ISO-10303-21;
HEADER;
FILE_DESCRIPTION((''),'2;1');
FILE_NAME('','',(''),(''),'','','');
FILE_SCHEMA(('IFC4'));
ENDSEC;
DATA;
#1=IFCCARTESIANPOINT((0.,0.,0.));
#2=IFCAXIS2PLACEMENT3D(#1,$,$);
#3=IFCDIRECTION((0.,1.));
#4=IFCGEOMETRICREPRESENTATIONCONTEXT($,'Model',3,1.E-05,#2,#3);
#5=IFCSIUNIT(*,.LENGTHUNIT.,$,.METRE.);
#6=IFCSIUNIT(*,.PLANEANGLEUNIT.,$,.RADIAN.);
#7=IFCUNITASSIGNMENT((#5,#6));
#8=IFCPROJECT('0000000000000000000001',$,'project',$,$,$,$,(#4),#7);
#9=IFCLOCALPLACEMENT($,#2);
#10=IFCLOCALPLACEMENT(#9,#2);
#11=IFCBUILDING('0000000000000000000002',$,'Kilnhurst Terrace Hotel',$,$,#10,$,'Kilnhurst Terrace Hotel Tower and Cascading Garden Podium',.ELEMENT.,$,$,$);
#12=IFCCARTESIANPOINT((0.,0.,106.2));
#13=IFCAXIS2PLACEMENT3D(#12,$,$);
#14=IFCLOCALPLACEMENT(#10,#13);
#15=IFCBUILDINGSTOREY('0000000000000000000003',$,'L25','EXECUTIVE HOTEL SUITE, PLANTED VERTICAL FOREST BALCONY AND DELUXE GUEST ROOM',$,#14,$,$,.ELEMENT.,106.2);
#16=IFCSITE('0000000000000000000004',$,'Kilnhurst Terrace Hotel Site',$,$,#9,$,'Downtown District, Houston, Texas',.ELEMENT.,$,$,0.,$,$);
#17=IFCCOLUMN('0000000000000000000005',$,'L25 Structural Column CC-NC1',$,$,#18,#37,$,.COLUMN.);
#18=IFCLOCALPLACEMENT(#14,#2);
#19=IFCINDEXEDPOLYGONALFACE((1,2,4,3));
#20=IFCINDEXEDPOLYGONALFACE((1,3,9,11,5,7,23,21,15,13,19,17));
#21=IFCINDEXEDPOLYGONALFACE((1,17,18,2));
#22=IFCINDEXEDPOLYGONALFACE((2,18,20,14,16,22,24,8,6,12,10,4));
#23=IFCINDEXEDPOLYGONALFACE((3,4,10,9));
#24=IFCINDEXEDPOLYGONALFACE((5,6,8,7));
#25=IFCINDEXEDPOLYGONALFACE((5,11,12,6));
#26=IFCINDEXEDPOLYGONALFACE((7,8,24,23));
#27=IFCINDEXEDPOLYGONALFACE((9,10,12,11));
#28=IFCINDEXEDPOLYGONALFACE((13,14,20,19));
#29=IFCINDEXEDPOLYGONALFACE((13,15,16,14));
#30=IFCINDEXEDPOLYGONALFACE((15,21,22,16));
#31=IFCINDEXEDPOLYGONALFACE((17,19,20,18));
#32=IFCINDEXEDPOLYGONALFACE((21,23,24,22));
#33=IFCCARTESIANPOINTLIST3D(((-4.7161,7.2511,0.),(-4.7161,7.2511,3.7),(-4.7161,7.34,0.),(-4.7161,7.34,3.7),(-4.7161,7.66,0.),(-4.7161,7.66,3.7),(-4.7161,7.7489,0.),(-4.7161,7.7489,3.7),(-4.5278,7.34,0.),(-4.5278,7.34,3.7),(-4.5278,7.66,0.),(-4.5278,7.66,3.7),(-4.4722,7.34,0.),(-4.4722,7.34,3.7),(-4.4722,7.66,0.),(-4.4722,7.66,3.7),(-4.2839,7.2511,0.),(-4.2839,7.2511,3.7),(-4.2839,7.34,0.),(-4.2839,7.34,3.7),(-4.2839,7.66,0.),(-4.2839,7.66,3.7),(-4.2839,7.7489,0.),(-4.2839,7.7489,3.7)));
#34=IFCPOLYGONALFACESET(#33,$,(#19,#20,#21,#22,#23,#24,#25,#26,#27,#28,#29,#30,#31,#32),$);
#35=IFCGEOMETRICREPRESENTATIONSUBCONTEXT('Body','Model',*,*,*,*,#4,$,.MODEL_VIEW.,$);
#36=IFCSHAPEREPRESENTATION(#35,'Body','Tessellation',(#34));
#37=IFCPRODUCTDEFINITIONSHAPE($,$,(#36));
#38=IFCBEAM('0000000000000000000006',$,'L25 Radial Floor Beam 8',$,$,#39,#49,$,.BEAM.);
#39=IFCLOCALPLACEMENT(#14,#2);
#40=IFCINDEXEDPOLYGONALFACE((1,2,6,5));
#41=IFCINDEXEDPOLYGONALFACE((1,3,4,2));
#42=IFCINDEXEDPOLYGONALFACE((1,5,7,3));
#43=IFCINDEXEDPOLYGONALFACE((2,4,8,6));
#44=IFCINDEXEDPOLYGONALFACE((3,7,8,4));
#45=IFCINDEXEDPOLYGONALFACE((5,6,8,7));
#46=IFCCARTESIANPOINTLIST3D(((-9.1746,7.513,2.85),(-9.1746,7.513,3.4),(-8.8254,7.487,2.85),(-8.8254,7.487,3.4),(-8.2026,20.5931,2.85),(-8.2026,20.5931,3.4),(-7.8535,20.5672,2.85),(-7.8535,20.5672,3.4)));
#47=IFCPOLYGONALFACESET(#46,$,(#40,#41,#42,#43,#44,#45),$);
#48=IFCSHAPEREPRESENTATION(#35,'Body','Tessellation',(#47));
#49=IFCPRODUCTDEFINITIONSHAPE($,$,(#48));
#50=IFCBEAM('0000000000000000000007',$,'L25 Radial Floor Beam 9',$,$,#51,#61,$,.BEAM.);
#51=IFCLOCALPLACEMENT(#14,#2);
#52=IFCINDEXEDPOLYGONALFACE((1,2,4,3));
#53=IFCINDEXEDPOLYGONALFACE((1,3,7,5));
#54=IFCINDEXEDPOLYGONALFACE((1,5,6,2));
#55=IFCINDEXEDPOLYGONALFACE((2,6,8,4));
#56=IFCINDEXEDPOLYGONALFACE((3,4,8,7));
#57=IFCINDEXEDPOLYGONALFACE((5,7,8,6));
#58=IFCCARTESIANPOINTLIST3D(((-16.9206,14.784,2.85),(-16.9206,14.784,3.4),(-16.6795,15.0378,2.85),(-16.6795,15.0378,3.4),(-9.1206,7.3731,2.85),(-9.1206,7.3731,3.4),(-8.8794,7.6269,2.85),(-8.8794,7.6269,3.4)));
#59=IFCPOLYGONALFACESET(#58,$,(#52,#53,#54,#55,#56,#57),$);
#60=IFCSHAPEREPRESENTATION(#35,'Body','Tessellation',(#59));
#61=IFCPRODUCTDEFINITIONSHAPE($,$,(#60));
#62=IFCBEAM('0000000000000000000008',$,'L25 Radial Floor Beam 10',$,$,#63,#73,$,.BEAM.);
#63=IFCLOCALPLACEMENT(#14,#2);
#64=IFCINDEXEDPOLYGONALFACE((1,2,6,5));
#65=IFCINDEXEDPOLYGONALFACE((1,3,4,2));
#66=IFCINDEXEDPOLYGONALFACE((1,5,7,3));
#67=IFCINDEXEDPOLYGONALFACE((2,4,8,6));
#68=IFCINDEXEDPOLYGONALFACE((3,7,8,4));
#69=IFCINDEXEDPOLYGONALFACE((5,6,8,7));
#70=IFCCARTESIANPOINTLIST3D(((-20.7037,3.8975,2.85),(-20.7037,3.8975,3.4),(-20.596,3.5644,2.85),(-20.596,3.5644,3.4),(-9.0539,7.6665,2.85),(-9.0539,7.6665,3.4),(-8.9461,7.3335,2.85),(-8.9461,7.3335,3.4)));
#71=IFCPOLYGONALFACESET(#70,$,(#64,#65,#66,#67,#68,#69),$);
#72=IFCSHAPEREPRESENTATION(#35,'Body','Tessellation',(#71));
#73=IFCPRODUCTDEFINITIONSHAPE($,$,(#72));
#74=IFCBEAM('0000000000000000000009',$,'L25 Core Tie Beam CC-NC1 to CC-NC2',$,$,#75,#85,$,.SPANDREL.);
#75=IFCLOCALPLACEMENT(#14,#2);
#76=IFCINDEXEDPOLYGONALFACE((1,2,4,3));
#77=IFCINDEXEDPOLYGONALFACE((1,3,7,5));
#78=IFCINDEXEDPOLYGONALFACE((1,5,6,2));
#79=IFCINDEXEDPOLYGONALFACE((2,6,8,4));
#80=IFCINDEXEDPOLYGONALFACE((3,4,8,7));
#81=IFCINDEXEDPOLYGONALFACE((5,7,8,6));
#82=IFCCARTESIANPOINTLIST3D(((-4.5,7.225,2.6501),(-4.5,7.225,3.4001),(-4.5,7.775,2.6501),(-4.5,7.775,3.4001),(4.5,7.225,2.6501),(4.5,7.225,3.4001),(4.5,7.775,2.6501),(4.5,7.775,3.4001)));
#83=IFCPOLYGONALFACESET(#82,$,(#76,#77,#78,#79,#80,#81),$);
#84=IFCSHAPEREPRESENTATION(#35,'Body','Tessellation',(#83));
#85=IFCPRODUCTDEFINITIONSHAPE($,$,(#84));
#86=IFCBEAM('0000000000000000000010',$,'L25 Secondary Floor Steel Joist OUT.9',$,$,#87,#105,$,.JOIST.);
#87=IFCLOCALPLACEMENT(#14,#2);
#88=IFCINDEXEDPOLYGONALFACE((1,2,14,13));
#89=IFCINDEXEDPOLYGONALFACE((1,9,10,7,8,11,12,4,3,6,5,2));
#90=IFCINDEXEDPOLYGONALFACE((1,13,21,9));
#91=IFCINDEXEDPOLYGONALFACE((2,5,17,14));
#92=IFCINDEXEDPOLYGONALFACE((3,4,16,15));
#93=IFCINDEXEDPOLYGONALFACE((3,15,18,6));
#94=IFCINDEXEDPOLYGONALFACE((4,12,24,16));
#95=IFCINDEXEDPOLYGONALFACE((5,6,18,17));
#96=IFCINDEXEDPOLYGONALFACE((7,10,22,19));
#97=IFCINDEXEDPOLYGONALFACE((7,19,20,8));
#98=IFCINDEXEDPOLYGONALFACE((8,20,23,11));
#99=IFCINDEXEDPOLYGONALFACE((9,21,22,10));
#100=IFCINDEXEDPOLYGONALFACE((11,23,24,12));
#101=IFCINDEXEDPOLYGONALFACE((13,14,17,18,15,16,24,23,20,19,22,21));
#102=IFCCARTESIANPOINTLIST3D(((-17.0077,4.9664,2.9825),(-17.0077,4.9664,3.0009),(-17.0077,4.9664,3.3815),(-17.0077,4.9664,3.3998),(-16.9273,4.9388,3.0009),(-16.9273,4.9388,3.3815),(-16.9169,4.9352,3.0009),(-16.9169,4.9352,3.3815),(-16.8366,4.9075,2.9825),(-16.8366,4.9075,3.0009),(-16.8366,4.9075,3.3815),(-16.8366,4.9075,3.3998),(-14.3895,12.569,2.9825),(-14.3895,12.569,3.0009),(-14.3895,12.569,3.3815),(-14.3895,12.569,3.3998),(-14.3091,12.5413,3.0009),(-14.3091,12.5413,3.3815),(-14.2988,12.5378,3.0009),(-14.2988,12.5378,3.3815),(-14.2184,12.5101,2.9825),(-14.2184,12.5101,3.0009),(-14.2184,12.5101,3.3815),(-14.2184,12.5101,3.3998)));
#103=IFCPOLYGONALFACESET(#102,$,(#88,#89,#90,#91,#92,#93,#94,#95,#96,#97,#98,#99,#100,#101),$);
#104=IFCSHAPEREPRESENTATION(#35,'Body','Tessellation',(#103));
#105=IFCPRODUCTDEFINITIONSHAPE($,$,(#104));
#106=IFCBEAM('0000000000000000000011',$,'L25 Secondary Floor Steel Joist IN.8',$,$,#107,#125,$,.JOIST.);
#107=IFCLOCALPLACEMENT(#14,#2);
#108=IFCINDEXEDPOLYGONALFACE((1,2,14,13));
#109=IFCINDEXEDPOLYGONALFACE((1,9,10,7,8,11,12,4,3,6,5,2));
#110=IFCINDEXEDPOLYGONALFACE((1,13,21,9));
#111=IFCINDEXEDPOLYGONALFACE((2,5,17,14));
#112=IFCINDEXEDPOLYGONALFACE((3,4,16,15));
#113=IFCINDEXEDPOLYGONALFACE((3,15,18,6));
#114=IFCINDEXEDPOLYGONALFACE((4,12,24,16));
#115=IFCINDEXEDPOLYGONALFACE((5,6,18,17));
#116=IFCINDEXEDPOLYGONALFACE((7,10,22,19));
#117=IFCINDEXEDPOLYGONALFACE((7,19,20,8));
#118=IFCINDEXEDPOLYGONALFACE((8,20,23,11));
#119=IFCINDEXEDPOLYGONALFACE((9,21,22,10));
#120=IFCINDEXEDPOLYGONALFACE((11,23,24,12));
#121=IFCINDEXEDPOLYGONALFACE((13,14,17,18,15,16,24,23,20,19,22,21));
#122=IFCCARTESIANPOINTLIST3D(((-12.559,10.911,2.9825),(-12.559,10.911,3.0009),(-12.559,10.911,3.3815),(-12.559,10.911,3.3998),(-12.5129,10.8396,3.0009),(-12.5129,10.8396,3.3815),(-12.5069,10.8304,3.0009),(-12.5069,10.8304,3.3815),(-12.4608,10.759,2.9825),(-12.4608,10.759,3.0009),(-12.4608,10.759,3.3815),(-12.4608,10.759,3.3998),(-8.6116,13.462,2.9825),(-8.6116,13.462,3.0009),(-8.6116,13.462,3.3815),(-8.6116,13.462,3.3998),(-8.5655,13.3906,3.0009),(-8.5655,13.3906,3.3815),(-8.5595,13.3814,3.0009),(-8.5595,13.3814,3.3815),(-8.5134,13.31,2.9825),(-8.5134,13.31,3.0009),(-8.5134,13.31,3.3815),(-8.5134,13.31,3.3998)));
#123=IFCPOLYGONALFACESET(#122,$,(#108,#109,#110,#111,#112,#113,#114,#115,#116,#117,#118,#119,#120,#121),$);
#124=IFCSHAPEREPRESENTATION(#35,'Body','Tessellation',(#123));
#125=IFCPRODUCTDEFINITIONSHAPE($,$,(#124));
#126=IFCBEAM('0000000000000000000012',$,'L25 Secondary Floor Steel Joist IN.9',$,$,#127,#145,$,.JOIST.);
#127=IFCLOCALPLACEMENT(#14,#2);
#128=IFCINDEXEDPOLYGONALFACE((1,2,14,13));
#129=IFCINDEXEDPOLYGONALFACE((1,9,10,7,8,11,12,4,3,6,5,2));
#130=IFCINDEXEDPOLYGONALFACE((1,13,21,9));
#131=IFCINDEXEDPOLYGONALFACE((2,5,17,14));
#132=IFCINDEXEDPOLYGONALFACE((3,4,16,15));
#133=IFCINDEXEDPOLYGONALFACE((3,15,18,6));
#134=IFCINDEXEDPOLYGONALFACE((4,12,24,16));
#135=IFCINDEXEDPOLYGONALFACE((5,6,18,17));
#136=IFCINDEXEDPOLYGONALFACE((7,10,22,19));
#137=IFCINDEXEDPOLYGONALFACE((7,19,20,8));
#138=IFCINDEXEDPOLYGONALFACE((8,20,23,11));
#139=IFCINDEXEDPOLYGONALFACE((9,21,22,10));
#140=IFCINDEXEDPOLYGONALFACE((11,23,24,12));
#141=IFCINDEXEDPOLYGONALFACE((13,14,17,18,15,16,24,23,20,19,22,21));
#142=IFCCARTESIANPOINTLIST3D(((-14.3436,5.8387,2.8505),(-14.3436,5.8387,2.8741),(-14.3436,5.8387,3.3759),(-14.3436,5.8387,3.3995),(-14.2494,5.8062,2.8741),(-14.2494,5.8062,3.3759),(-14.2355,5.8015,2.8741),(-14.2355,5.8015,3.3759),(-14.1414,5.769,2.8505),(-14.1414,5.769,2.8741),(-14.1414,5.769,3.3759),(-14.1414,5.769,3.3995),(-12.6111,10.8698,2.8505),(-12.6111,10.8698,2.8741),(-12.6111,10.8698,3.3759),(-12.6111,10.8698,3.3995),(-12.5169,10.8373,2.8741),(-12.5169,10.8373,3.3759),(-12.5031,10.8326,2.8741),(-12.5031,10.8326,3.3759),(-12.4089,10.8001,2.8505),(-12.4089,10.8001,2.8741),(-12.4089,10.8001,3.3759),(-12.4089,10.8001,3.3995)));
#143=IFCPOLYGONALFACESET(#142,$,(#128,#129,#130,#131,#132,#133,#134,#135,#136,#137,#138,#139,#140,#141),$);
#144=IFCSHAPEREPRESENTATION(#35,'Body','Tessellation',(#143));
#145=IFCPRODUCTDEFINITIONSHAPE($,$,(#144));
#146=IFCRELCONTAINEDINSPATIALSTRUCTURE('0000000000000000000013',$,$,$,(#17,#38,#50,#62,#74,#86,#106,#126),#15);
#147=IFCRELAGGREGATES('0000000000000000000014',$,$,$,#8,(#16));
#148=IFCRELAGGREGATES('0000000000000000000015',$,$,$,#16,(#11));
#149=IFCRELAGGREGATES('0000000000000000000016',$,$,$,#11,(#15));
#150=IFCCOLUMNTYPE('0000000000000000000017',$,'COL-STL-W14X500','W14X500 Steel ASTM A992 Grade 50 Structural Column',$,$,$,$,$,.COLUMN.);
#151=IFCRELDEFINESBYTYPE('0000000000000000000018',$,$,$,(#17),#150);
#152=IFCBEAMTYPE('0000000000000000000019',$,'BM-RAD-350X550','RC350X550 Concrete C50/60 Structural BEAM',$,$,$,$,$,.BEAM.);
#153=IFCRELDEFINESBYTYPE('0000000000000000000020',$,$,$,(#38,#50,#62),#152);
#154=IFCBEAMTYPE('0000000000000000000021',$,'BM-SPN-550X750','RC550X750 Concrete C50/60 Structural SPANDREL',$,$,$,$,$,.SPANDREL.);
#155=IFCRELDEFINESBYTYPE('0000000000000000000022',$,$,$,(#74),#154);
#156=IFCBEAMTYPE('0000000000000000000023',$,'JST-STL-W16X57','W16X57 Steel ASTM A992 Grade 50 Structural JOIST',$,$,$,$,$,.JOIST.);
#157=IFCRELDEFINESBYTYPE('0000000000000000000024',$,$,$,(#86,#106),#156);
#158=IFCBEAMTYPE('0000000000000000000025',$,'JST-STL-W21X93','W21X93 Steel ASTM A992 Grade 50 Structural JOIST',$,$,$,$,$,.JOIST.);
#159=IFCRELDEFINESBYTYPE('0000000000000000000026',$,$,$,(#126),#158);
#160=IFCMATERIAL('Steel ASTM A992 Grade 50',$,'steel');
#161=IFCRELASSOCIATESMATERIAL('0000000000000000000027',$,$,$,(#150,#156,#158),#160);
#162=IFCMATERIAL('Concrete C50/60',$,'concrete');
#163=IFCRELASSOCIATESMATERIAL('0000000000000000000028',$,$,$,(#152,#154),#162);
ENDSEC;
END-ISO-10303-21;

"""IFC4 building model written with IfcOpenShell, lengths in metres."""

from ifc_helpers import new_model, si_unit, direction, frame, origin, origin_2d, place, context, subcontext, project, spatial, rectangle, i_section, extrude, material, material_profile, profile_set, type_object, element, save


model = new_model("IFC4")

# Units and contexts
model_context = context("Model", 3, precision=1e-05, world=origin(), true_north=direction((0.0, 1.0)))
body_context = subcontext(model_context, "Body", "Model", "MODEL_VIEW")
ifc_project = project(units=[si_unit("LENGTHUNIT", "METRE"), si_unit("PLANEANGLEUNIT", "RADIAN")], contexts=[model_context])

# Site, building, storey
site_placement = place(None, origin())
site = spatial("IfcSite", under=ifc_project, at=site_placement, Name="Kilnhurst Terrace Hotel Site", LongName="Downtown District, Houston, Texas", CompositionType="ELEMENT", RefElevation=0.0)
building_placement = place(site_placement, origin())
building = spatial("IfcBuilding", under=site, at=building_placement, Name="Kilnhurst Terrace Hotel", LongName="Kilnhurst Terrace Hotel Tower and Cascading Garden Podium", CompositionType="ELEMENT")
storey_placement = place(building_placement, frame((0.0, 0.0, 106.2)))
storey = spatial("IfcBuildingStorey", under=building, at=storey_placement, Name="L25", Description="EXECUTIVE HOTEL SUITE, PLANTED VERTICAL FOREST BALCONY AND DELUXE GUEST ROOM", CompositionType="ELEMENT", Elevation=106.2)

# Column
ifc_material_1 = material(Name="Steel ASTM A992 Grade 50", Category="steel")
ifc_material_profile_1 = material_profile(ifc_material_1, i_section(OverallWidth=0.4321, OverallDepth=0.4978, WebThickness=0.0557, FlangeThickness=0.0889, at=origin_2d()), Name="W14X500")
ifc_profile_set_1 = profile_set([ifc_material_profile_1], Name="Steel ASTM A992 Grade 50")
column_type = type_object("IfcColumnType", Name="COL-STL-W14X500", Description="W14X500 Steel ASTM A992 Grade 50 Structural Column", PredefinedType="COLUMN", material=ifc_profile_set_1)
column_placement = place(storey_placement, frame((-4.5, 7.5, 0.0), z_axis=(0.0, 0.0, 1.0), x_axis=(1.0, 0.0, 0.0)))
element("IfcColumn", 1, at=column_placement, inside=storey, type_object=column_type, Name="L25 Structural Column CC-NC1", PredefinedType="COLUMN", context=body_context, shape_type="SweptSolid", body=[
    extrude(i_section(OverallWidth=0.4321, OverallDepth=0.4978, WebThickness=0.0557, FlangeThickness=0.0889, at=origin_2d()), origin(), (0.0, 0.0, 1.0), 3.7),
])

# Beams
ifc_material_2 = material(Name="Concrete C50/60", Category="concrete")
ifc_material_profile_2 = material_profile(ifc_material_2, rectangle(XDim=0.3501, YDim=0.55, at=origin_2d()), Name="RC350X550")
ifc_profile_set_2 = profile_set([ifc_material_profile_2], Name="Concrete C50/60")
beam_type_1 = type_object("IfcBeamType", Name="BM-RAD-350X550", Description="RC350X550 Concrete C50/60 Structural BEAM", PredefinedType="BEAM", material=ifc_profile_set_2)
beam_1_placement = place(storey_placement, frame((-9.0, 7.5, 3.125), z_axis=(0.074101, 0.997251, 0.0), x_axis=(-0.997251, 0.074101, 0.0)))
element("IfcBeam", 2, at=beam_1_placement, inside=storey, type_object=beam_type_1, Name="L25 Radial Floor Beam 8", PredefinedType="BEAM", context=body_context, shape_type="SweptSolid", body=[
    extrude(rectangle(XDim=0.3501, YDim=0.55, at=origin_2d()), origin(), (0.0, 0.0, 1.0), 13.1162),
])
beam_2_placement = place(storey_placement, frame((-9.0, 7.5, 3.125), z_axis=(-0.72496, 0.688791, 0.0), x_axis=(-0.688791, -0.72496, 0.0)))
element("IfcBeam", 3, at=beam_2_placement, inside=storey, type_object=beam_type_1, Name="L25 Radial Floor Beam 9", PredefinedType="BEAM", context=body_context, shape_type="SweptSolid", body=[
    extrude(rectangle(XDim=0.3501, YDim=0.55, at=origin_2d()), origin(), (0.0, 0.0, 1.0), 10.7593),
])
beam_3_placement = place(storey_placement, frame((-9.0, 7.5, 3.125), z_axis=(-0.951446, -0.307817, 0.0), x_axis=(0.307817, -0.951446, 0.0)))
element("IfcBeam", 4, at=beam_3_placement, inside=storey, type_object=beam_type_1, Name="L25 Radial Floor Beam 10", PredefinedType="BEAM", context=body_context, shape_type="SweptSolid", body=[
    extrude(rectangle(XDim=0.3501, YDim=0.55, at=origin_2d()), origin(), (0.0, 0.0, 1.0), 12.2444),
])
ifc_material_profile_3 = material_profile(ifc_material_2, rectangle(XDim=0.55, YDim=0.75, at=origin_2d()), Name="RC550X750")
ifc_profile_set_3 = profile_set([ifc_material_profile_3], Name="Concrete C50/60")
beam_type_2 = type_object("IfcBeamType", Name="BM-SPN-550X750", Description="RC550X750 Concrete C50/60 Structural SPANDREL", PredefinedType="SPANDREL", material=ifc_profile_set_3)
beam_4_placement = place(storey_placement, frame((-4.5, 7.5, 3.0251), z_axis=(1.0, 0.0, 0.0), x_axis=(0.0, 1.0, 0.0)))
element("IfcBeam", 5, at=beam_4_placement, inside=storey, type_object=beam_type_2, Name="L25 Core Tie Beam CC-NC1 to CC-NC2", PredefinedType="SPANDREL", context=body_context, shape_type="SweptSolid", body=[
    extrude(rectangle(XDim=0.55, YDim=0.75, at=origin_2d()), origin(), (0.0, 0.0, 1.0), 9.0),
])
ifc_material_profile_4 = material_profile(ifc_material_1, i_section(OverallWidth=0.1809, OverallDepth=0.4172, WebThickness=0.011, FlangeThickness=0.0183, at=origin_2d()), Name="W16X57")
ifc_profile_set_4 = profile_set([ifc_material_profile_4], Name="Steel ASTM A992 Grade 50")
beam_type_3 = type_object("IfcBeamType", Name="JST-STL-W16X57", Description="W16X57 Steel ASTM A992 Grade 50 Structural JOIST", PredefinedType="JOIST", material=ifc_profile_set_4)
beam_5_placement = place(storey_placement, frame((-14.304, 12.5396, 3.1912), z_axis=(-0.325613, -0.945503, 0.0), x_axis=(0.945503, -0.325613, 0.0)))
element("IfcBeam", 6, at=beam_5_placement, inside=storey, type_object=beam_type_3, Name="L25 Secondary Floor Steel Joist OUT.9", PredefinedType="JOIST", context=body_context, shape_type="SweptSolid", body=[
    extrude(i_section(OverallWidth=0.1809, OverallDepth=0.4172, WebThickness=0.011, FlangeThickness=0.0183, at=origin_2d()), origin(), (0.0, 0.0, 1.0), 8.0408),
])
beam_6_placement = place(storey_placement, frame((-8.5625, 13.386, 3.1912), z_axis=(-0.839885, -0.542764, 0.0), x_axis=(0.542764, -0.839885, 0.0)))
element("IfcBeam", 7, at=beam_6_placement, inside=storey, type_object=beam_type_3, Name="L25 Secondary Floor Steel Joist IN.8", PredefinedType="JOIST", context=body_context, shape_type="SweptSolid", body=[
    extrude(i_section(OverallWidth=0.1809, OverallDepth=0.4172, WebThickness=0.011, FlangeThickness=0.0183, at=origin_2d()), origin(), (0.0, 0.0, 1.0), 4.7),
])
ifc_material_profile_5 = material_profile(ifc_material_1, i_section(OverallWidth=0.2139, OverallDepth=0.5491, WebThickness=0.0146, FlangeThickness=0.0237, at=origin_2d()), Name="W21X93")
ifc_profile_set_5 = profile_set([ifc_material_profile_5], Name="Steel ASTM A992 Grade 50")
beam_type_4 = type_object("IfcBeamType", Name="JST-STL-W21X93", Description="W21X93 Steel ASTM A992 Grade 50 Structural JOIST", PredefinedType="JOIST", material=ifc_profile_set_5)
beam_7_placement = place(storey_placement, frame((-12.51, 10.835, 3.125), z_axis=(-0.325586, -0.945512, 0.0), x_axis=(0.945512, -0.325586, 0.0)))
element("IfcBeam", 8, at=beam_7_placement, inside=storey, type_object=beam_type_4, Name="L25 Secondary Floor Steel Joist IN.9", PredefinedType="JOIST", context=body_context, shape_type="SweptSolid", body=[
    extrude(i_section(OverallWidth=0.2139, OverallDepth=0.5491, WebThickness=0.0146, FlangeThickness=0.0237, at=origin_2d()), origin(), (0.0, 0.0, 1.0), 5.321),
])

save(model, "model.ifc")
